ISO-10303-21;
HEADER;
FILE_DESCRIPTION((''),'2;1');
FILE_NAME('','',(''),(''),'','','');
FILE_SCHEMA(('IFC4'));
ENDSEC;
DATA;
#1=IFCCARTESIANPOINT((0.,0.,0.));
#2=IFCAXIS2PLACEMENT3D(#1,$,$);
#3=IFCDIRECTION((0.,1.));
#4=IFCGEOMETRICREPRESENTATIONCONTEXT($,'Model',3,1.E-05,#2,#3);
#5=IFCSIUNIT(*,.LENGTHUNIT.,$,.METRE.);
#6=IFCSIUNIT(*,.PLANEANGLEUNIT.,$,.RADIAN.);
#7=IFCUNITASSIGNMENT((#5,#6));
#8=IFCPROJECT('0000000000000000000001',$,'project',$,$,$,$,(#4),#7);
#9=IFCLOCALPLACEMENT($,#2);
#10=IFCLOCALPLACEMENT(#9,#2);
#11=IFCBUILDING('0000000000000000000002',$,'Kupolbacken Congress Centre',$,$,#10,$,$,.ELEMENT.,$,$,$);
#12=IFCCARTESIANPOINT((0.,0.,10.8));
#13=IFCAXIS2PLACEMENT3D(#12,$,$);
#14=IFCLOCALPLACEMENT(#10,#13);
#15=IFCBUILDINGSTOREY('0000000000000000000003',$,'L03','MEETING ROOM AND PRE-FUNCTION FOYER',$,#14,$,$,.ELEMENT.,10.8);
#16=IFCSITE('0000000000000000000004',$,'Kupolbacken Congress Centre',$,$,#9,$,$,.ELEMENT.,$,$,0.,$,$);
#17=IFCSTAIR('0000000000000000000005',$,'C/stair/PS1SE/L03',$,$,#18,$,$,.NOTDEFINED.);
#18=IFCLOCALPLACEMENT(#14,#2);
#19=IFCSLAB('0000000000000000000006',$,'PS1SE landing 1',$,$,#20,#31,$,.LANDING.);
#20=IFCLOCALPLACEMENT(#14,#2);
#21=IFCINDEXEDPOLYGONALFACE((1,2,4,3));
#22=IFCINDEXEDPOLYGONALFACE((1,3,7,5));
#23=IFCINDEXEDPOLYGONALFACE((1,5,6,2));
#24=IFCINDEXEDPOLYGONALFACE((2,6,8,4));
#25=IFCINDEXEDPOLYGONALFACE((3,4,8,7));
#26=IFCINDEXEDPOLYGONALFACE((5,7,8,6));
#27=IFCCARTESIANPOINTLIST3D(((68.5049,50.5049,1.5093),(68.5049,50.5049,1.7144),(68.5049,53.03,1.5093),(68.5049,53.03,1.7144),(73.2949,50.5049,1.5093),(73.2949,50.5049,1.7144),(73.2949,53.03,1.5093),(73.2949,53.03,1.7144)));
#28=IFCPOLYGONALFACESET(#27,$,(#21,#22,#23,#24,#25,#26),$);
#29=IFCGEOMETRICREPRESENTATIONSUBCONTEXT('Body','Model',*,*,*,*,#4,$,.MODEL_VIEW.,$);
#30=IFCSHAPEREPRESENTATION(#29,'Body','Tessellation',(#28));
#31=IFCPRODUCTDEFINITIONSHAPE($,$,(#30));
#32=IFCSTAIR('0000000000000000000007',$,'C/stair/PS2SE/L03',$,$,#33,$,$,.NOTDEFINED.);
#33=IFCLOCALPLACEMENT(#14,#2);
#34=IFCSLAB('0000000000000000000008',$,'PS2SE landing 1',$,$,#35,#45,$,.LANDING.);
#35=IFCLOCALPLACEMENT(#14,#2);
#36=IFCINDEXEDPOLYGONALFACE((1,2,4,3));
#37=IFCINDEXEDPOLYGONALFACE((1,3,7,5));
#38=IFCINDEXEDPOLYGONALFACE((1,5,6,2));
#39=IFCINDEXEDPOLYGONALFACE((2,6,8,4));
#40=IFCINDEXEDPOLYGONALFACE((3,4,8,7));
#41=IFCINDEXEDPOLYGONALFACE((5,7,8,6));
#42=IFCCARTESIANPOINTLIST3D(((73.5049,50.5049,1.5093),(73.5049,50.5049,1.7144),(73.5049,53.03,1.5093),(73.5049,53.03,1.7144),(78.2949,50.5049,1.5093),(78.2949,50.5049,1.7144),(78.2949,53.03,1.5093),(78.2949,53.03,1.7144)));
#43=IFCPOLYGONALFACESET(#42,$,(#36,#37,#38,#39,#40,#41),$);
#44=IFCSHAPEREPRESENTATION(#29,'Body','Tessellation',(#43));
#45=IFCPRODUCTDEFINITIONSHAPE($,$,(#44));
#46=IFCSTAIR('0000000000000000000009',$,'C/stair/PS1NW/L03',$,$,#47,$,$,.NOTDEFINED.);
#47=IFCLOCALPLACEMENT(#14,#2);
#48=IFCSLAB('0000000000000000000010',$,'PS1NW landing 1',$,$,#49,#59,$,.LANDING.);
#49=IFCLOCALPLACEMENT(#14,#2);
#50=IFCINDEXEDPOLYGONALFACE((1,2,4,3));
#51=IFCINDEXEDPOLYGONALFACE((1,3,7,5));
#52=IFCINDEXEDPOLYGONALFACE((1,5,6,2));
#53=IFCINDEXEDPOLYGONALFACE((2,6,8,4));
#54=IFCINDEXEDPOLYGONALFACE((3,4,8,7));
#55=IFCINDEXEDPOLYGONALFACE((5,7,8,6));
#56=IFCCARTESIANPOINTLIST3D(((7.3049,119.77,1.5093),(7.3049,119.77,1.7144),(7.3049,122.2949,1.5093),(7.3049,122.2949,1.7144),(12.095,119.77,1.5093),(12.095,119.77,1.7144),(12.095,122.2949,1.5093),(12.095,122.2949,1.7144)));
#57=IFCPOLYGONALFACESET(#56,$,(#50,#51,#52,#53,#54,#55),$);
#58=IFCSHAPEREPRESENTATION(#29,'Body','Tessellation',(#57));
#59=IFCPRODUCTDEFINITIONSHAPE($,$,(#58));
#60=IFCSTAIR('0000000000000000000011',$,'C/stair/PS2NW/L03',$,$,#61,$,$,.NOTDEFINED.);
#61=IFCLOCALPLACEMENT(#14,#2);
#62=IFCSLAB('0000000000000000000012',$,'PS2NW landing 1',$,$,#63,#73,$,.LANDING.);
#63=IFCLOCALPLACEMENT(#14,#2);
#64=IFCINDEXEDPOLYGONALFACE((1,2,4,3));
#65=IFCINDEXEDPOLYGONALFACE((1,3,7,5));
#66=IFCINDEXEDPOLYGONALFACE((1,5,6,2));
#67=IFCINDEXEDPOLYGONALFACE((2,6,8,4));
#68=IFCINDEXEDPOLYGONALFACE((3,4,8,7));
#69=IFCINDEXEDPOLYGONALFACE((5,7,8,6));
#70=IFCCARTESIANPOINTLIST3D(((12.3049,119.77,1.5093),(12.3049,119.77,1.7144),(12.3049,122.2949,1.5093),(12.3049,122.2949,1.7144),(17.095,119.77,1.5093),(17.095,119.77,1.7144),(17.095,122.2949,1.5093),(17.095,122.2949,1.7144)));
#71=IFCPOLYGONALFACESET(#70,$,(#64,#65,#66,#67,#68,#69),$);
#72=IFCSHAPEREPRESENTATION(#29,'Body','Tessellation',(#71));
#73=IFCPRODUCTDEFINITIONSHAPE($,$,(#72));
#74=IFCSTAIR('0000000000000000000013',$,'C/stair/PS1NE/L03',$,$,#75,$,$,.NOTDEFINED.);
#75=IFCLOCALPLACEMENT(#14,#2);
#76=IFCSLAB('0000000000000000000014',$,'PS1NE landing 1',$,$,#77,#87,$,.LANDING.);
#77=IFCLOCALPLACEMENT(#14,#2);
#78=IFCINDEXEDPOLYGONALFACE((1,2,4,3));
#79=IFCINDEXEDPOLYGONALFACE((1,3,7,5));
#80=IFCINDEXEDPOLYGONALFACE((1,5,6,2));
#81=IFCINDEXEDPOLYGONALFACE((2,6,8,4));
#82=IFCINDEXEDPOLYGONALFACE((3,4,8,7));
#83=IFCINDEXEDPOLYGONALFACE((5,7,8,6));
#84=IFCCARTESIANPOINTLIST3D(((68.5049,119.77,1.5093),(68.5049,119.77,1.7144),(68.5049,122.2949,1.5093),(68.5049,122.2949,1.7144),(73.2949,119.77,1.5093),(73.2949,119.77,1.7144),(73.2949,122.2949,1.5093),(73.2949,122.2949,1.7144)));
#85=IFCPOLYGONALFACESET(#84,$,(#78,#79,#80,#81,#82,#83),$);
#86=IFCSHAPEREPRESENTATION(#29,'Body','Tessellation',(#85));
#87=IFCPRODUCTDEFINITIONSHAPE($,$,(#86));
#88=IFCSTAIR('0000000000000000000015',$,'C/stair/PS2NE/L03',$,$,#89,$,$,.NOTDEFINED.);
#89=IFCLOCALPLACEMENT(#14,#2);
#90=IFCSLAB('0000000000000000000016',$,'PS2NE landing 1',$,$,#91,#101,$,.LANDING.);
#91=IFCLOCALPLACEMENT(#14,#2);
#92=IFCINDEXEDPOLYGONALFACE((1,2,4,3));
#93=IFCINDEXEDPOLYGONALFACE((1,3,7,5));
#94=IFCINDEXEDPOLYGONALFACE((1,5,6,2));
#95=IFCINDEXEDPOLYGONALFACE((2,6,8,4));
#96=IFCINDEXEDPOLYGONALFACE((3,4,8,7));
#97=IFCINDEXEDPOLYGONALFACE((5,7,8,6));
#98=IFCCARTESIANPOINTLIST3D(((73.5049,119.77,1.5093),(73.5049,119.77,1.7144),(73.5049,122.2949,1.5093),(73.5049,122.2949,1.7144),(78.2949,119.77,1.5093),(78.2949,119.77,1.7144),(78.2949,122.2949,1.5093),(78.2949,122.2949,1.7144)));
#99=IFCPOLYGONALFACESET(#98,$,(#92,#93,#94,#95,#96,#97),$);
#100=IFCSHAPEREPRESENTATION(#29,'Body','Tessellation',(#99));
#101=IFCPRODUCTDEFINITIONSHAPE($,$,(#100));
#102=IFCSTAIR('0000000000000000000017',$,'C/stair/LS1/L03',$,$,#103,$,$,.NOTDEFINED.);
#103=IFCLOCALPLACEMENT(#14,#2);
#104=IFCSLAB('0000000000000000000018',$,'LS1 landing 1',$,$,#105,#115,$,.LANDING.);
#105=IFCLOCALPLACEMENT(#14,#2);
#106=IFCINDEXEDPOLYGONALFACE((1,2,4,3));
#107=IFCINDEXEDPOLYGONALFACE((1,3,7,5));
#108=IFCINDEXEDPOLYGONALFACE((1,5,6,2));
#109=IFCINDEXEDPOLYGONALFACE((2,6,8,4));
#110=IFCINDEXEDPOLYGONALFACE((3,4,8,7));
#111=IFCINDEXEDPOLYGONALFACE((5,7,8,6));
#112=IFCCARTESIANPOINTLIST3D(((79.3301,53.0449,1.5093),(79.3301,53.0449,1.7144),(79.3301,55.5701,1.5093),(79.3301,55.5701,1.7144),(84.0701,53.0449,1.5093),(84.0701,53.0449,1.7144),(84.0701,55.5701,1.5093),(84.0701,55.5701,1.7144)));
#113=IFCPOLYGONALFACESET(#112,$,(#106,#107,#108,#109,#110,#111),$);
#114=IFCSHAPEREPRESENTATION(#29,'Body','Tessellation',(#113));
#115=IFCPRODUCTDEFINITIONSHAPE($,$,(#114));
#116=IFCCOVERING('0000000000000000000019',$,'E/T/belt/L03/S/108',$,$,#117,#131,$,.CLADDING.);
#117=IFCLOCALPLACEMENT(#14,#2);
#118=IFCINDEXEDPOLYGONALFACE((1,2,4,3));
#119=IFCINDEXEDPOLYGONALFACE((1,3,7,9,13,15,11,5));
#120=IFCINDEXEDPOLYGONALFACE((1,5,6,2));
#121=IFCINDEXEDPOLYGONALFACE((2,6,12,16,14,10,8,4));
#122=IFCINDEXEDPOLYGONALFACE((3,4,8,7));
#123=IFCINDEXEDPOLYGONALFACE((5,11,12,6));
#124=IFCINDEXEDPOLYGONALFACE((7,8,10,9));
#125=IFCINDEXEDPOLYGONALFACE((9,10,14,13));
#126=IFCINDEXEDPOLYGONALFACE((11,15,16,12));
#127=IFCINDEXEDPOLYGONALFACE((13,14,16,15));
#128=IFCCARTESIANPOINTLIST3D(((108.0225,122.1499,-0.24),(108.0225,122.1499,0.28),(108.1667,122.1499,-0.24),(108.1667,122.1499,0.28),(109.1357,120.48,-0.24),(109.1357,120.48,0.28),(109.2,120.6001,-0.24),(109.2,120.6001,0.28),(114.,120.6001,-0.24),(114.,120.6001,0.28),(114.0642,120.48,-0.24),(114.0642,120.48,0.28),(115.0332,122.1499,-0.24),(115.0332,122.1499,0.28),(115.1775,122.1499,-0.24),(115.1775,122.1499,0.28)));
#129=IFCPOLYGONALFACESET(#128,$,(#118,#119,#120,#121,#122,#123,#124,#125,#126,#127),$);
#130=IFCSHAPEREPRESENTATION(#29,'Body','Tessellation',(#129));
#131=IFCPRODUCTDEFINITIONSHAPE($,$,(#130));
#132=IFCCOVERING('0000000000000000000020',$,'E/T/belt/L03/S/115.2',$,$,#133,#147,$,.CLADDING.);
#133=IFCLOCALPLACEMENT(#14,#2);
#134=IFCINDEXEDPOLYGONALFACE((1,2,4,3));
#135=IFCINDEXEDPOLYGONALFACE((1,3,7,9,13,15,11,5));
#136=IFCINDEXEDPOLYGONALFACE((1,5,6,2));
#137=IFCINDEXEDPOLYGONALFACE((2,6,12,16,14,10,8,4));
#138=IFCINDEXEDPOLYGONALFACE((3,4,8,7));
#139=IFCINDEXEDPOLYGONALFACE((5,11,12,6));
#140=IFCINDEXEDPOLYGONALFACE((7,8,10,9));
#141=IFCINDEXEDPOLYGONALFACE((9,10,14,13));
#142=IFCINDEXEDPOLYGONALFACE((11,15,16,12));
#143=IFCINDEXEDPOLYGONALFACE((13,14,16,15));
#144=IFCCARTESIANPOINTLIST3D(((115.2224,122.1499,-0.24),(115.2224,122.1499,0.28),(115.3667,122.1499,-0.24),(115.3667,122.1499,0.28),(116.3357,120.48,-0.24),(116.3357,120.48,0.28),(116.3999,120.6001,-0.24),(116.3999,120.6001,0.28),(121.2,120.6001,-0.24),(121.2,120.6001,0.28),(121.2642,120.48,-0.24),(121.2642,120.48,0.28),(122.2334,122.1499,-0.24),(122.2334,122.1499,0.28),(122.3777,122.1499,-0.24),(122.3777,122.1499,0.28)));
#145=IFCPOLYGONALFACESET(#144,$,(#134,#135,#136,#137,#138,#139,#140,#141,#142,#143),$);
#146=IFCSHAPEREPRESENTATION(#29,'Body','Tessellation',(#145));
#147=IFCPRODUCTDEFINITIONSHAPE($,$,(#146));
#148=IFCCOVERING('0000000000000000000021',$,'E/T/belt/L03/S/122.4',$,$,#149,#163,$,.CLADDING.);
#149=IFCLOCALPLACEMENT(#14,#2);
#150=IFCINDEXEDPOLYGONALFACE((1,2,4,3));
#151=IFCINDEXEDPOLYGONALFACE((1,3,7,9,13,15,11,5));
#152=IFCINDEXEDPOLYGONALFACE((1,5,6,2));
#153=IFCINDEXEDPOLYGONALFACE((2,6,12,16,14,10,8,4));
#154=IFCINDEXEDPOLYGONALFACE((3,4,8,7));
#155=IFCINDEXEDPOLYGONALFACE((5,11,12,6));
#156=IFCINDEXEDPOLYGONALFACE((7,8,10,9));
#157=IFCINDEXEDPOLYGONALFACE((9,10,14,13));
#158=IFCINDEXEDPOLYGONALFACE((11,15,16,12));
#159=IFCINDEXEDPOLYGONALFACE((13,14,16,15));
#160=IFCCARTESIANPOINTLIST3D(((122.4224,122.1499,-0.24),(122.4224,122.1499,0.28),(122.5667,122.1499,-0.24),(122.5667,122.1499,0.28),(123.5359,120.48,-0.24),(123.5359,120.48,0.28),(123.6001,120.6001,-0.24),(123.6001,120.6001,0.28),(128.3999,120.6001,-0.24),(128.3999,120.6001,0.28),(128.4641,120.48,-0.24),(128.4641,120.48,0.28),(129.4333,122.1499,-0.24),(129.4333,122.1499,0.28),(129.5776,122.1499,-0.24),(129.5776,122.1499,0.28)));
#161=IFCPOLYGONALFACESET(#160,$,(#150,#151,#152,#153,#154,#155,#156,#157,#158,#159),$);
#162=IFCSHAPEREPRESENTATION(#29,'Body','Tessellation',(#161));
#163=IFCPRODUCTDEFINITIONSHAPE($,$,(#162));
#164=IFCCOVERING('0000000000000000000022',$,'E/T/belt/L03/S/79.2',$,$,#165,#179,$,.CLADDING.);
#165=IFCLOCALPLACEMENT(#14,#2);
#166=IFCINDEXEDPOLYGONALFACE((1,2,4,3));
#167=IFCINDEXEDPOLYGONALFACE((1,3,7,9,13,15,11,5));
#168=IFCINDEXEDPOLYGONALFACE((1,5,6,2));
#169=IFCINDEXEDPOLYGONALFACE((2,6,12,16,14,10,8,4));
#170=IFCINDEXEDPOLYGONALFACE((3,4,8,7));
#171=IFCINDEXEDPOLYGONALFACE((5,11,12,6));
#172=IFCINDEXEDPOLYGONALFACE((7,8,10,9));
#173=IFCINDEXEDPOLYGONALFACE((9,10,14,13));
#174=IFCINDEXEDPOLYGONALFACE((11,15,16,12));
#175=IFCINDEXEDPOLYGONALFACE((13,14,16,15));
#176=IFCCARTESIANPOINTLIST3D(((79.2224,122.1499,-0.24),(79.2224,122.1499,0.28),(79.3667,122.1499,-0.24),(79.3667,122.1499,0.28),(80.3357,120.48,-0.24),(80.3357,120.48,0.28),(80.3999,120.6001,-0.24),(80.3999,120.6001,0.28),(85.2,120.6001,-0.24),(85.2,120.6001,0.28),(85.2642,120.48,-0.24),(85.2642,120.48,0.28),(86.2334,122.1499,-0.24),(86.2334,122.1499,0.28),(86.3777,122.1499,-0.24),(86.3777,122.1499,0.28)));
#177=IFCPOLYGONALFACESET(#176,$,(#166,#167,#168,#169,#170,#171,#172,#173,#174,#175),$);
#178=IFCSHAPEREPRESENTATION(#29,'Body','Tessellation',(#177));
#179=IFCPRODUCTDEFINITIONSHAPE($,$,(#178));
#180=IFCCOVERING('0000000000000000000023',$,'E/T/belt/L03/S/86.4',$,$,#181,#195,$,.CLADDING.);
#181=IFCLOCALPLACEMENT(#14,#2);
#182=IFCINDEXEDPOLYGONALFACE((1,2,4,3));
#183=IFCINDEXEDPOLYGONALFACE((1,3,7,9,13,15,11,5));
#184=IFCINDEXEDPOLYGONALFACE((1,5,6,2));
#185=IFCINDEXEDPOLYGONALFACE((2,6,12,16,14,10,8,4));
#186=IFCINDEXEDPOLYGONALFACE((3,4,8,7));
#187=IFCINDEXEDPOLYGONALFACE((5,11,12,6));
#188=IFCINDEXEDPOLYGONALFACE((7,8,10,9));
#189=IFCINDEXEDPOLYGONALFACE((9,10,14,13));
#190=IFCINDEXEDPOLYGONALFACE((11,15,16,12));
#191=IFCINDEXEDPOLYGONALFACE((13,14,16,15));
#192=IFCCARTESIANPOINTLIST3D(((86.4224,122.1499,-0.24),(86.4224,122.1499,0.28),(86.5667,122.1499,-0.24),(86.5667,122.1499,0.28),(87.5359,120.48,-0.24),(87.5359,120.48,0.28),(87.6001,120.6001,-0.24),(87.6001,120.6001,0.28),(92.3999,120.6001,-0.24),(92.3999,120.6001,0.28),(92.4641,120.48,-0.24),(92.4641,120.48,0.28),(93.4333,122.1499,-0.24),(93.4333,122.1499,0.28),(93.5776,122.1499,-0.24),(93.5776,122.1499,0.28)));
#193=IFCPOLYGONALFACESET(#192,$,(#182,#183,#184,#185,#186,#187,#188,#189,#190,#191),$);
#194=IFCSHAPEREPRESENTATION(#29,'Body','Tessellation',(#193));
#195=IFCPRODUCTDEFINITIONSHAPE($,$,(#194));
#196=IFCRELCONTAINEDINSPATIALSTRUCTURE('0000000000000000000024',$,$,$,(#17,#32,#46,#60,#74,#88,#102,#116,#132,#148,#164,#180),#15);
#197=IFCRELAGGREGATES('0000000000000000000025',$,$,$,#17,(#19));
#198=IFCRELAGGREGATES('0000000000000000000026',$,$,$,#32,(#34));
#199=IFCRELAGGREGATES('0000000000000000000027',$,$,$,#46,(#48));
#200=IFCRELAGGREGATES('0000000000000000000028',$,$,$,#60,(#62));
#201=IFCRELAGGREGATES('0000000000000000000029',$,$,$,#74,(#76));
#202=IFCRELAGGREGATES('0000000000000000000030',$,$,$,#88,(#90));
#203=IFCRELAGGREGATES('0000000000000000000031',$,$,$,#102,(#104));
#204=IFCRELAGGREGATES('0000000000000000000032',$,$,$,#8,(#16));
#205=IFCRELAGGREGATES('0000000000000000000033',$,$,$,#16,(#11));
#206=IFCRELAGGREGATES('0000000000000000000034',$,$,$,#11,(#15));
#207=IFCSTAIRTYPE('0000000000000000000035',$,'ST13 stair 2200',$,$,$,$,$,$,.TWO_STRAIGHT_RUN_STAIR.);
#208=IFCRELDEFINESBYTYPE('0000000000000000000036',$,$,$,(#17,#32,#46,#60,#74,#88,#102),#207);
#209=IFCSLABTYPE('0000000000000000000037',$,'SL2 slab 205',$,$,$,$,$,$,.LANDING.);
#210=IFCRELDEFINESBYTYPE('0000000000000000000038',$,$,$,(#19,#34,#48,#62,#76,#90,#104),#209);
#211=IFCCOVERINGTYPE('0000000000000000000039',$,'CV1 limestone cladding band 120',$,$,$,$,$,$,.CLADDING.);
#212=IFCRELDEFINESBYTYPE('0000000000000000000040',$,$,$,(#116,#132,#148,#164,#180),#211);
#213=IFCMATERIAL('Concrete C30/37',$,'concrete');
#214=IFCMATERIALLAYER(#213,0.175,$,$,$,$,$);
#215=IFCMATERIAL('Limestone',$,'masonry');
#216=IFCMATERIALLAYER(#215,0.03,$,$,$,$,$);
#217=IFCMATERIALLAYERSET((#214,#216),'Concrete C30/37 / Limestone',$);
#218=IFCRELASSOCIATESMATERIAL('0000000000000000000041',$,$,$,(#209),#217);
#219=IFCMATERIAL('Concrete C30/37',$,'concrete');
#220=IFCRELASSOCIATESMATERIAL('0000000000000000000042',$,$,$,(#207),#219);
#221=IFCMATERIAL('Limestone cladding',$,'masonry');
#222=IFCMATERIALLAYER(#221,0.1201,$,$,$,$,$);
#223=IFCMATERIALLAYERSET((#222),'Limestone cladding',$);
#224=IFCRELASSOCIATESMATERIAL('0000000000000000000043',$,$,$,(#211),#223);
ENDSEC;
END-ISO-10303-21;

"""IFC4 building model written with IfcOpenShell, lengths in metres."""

from ifc_helpers import new_model, si_unit, direction, frame, origin, place, context, subcontext, project, spatial, polyline, outline, extrude, material, layer, layer_set, type_object, element, aggregate, save


model = new_model("IFC4")

# Units and contexts
model_context = context("Model", 3, precision=1e-05, world=origin(), true_north=direction((0.0, 1.0)))
body_context = subcontext(model_context, "Body", "Model", "MODEL_VIEW")
ifc_project = project(units=[si_unit("LENGTHUNIT", "METRE"), si_unit("PLANEANGLEUNIT", "RADIAN")], contexts=[model_context])

# Site, building, storey
site_placement = place(None, origin())
site = spatial("IfcSite", under=ifc_project, at=site_placement, Name="Kupolbacken Congress Centre", CompositionType="ELEMENT", RefElevation=0.0)
building_placement = place(site_placement, origin())
building = spatial("IfcBuilding", under=site, at=building_placement, Name="Kupolbacken Congress Centre", CompositionType="ELEMENT")
storey_placement = place(building_placement, frame((0.0, 0.0, 10.8)))
storey = spatial("IfcBuildingStorey", under=building, at=storey_placement, Name="L03", Description="MEETING ROOM AND PRE-FUNCTION FOYER", CompositionType="ELEMENT", Elevation=10.8)

# Shared definitions
ifc_material_1 = material(Name="Concrete C30/37", Category="concrete")

# Stairs, slabs
ifc_layer_1 = layer(ifc_material_1, 0.175)
ifc_material_2 = material(Name="Limestone", Category="masonry")
ifc_layer_2 = layer(ifc_material_2, 0.03)
ifc_layer_set_1 = layer_set([ifc_layer_1, ifc_layer_2], Name="Concrete C30/37 / Limestone")
slab_type_1 = type_object("IfcSlabType", Name="SL2 slab 205", PredefinedType="LANDING", material=ifc_layer_set_1)
ifc_material_3 = material(Name="Concrete C30/37", Category="concrete")
stair_type_1 = type_object("IfcStairType", Name="ST13 stair 2200", PredefinedType="TWO_STRAIGHT_RUN_STAIR", material=ifc_material_3)
stair_1_placement = place(storey_placement, origin())
stair_1 = element("IfcStair", 1, at=stair_1_placement, inside=storey, type_object=stair_type_1, Name="C/stair/PS1SE/L03", PredefinedType="NOTDEFINED")
slab_1_placement = place(storey_placement, frame((0.0, 0.0, 1.5093)))
slab_1 = element("IfcSlab", 2, at=slab_1_placement, type_object=slab_type_1, Name="PS1SE landing 1", PredefinedType="LANDING", context=body_context, shape_type="SweptSolid", body=[
    extrude(outline(polyline([(68.5049, 50.5049), (73.2949, 50.5049), (73.2949, 53.03), (68.5049, 53.03), (68.5049, 50.5049)])), origin(), (0.0, 0.0, 1.0), 0.2051),
])
aggregate(stair_1, [slab_1])
stair_2_placement = place(storey_placement, origin())
stair_2 = element("IfcStair", 3, at=stair_2_placement, inside=storey, type_object=stair_type_1, Name="C/stair/PS2SE/L03", PredefinedType="NOTDEFINED")
slab_2_placement = place(storey_placement, frame((0.0, 0.0, 1.5093)))
slab_2 = element("IfcSlab", 4, at=slab_2_placement, type_object=slab_type_1, Name="PS2SE landing 1", PredefinedType="LANDING", context=body_context, shape_type="SweptSolid", body=[
    extrude(outline(polyline([(73.5049, 50.5049), (78.2949, 50.5049), (78.2949, 53.03), (73.5049, 53.03), (73.5049, 50.5049)])), origin(), (0.0, 0.0, 1.0), 0.2051),
])
aggregate(stair_2, [slab_2])
stair_3_placement = place(storey_placement, origin())
stair_3 = element("IfcStair", 5, at=stair_3_placement, inside=storey, type_object=stair_type_1, Name="C/stair/PS1NW/L03", PredefinedType="NOTDEFINED")
slab_3_placement = place(storey_placement, frame((0.0, 0.0, 1.5093)))
slab_3 = element("IfcSlab", 6, at=slab_3_placement, type_object=slab_type_1, Name="PS1NW landing 1", PredefinedType="LANDING", context=body_context, shape_type="SweptSolid", body=[
    extrude(outline(polyline([(7.3049, 119.77), (12.095, 119.77), (12.095, 122.2949), (7.3049, 122.2949), (7.3049, 119.77)])), origin(), (0.0, 0.0, 1.0), 0.2051),
])
aggregate(stair_3, [slab_3])
stair_4_placement = place(storey_placement, origin())
stair_4 = element("IfcStair", 7, at=stair_4_placement, inside=storey, type_object=stair_type_1, Name="C/stair/PS2NW/L03", PredefinedType="NOTDEFINED")
slab_4_placement = place(storey_placement, frame((0.0, 0.0, 1.5093)))
slab_4 = element("IfcSlab", 8, at=slab_4_placement, type_object=slab_type_1, Name="PS2NW landing 1", PredefinedType="LANDING", context=body_context, shape_type="SweptSolid", body=[
    extrude(outline(polyline([(12.3049, 119.77), (17.095, 119.77), (17.095, 122.2949), (12.3049, 122.2949), (12.3049, 119.77)])), origin(), (0.0, 0.0, 1.0), 0.2051),
])
aggregate(stair_4, [slab_4])
stair_5_placement = place(storey_placement, origin())
stair_5 = element("IfcStair", 9, at=stair_5_placement, inside=storey, type_object=stair_type_1, Name="C/stair/PS1NE/L03", PredefinedType="NOTDEFINED")
slab_5_placement = place(storey_placement, frame((0.0, 0.0, 1.5093)))
slab_5 = element("IfcSlab", 10, at=slab_5_placement, type_object=slab_type_1, Name="PS1NE landing 1", PredefinedType="LANDING", context=body_context, shape_type="SweptSolid", body=[
    extrude(outline(polyline([(68.5049, 119.77), (73.2949, 119.77), (73.2949, 122.2949), (68.5049, 122.2949), (68.5049, 119.77)])), origin(), (0.0, 0.0, 1.0), 0.2051),
])
aggregate(stair_5, [slab_5])
stair_6_placement = place(storey_placement, origin())
stair_6 = element("IfcStair", 11, at=stair_6_placement, inside=storey, type_object=stair_type_1, Name="C/stair/PS2NE/L03", PredefinedType="NOTDEFINED")
slab_6_placement = place(storey_placement, frame((0.0, 0.0, 1.5093)))
slab_6 = element("IfcSlab", 12, at=slab_6_placement, type_object=slab_type_1, Name="PS2NE landing 1", PredefinedType="LANDING", context=body_context, shape_type="SweptSolid", body=[
    extrude(outline(polyline([(73.5049, 119.77), (78.2949, 119.77), (78.2949, 122.2949), (73.5049, 122.2949), (73.5049, 119.77)])), origin(), (0.0, 0.0, 1.0), 0.2051),
])
aggregate(stair_6, [slab_6])
stair_7_placement = place(storey_placement, origin())
stair_7 = element("IfcStair", 13, at=stair_7_placement, inside=storey, type_object=stair_type_1, Name="C/stair/LS1/L03", PredefinedType="NOTDEFINED")
slab_7_placement = place(storey_placement, frame((0.0, 0.0, 1.5093)))
slab_7 = element("IfcSlab", 14, at=slab_7_placement, type_object=slab_type_1, Name="LS1 landing 1", PredefinedType="LANDING", context=body_context, shape_type="SweptSolid", body=[
    extrude(outline(polyline([(79.3301, 53.0449), (84.0701, 53.0449), (84.0701, 55.5701), (79.3301, 55.5701), (79.3301, 53.0449)])), origin(), (0.0, 0.0, 1.0), 0.2051),
])
aggregate(stair_7, [slab_7])

# Coverings
ifc_material_4 = material(Name="Limestone cladding", Category="masonry")
ifc_layer_3 = layer(ifc_material_4, 0.1201)
ifc_layer_set_2 = layer_set([ifc_layer_3], Name="Limestone cladding")
covering_type = type_object("IfcCoveringType", Name="CV1 limestone cladding band 120", PredefinedType="CLADDING", material=ifc_layer_set_2)
covering_1_placement = place(storey_placement, frame((0.0, 0.0, -0.24)))
element("IfcCovering", 15, at=covering_1_placement, inside=storey, type_object=covering_type, Name="E/T/belt/L03/S/108", PredefinedType="CLADDING", context=body_context, shape_type="SweptSolid", body=[
    extrude(outline(polyline([(115.1775, 122.1499), (115.0332, 122.1499), (114.0, 120.6001), (109.2, 120.6001), (108.1667, 122.1499), (108.0225, 122.1499), (109.1357, 120.48), (114.0642, 120.48), (115.1775, 122.1499)])), origin(), (0.0, 0.0, 1.0), 0.52),
])
covering_2_placement = place(storey_placement, frame((0.0, 0.0, -0.24)))
element("IfcCovering", 16, at=covering_2_placement, inside=storey, type_object=covering_type, Name="E/T/belt/L03/S/115.2", PredefinedType="CLADDING", context=body_context, shape_type="SweptSolid", body=[
    extrude(outline(polyline([(122.3777, 122.1499), (122.2334, 122.1499), (121.2, 120.6001), (116.3999, 120.6001), (115.3667, 122.1499), (115.2224, 122.1499), (116.3357, 120.48), (121.2642, 120.48), (122.3777, 122.1499)])), origin(), (0.0, 0.0, 1.0), 0.52),
])
covering_3_placement = place(storey_placement, frame((0.0, 0.0, -0.24)))
element("IfcCovering", 17, at=covering_3_placement, inside=storey, type_object=covering_type, Name="E/T/belt/L03/S/122.4", PredefinedType="CLADDING", context=body_context, shape_type="SweptSolid", body=[
    extrude(outline(polyline([(129.5776, 122.1499), (129.4333, 122.1499), (128.3999, 120.6001), (123.6001, 120.6001), (122.5667, 122.1499), (122.4224, 122.1499), (123.5359, 120.48), (128.4641, 120.48), (129.5776, 122.1499)])), origin(), (0.0, 0.0, 1.0), 0.52),
])
covering_4_placement = place(storey_placement, frame((0.0, 0.0, -0.24)))
element("IfcCovering", 18, at=covering_4_placement, inside=storey, type_object=covering_type, Name="E/T/belt/L03/S/79.2", PredefinedType="CLADDING", context=body_context, shape_type="SweptSolid", body=[
    extrude(outline(polyline([(86.3777, 122.1499), (86.2334, 122.1499), (85.2, 120.6001), (80.3999, 120.6001), (79.3667, 122.1499), (79.2224, 122.1499), (80.3357, 120.48), (85.2642, 120.48), (86.3777, 122.1499)])), origin(), (0.0, 0.0, 1.0), 0.52),
])
covering_5_placement = place(storey_placement, frame((0.0, 0.0, -0.24)))
element("IfcCovering", 19, at=covering_5_placement, inside=storey, type_object=covering_type, Name="E/T/belt/L03/S/86.4", PredefinedType="CLADDING", context=body_context, shape_type="SweptSolid", body=[
    extrude(outline(polyline([(93.5776, 122.1499), (93.4333, 122.1499), (92.3999, 120.6001), (87.6001, 120.6001), (86.5667, 122.1499), (86.4224, 122.1499), (87.5359, 120.48), (92.4641, 120.48), (93.5776, 122.1499)])), origin(), (0.0, 0.0, 1.0), 0.52),
])

save(model, "model.ifc")
